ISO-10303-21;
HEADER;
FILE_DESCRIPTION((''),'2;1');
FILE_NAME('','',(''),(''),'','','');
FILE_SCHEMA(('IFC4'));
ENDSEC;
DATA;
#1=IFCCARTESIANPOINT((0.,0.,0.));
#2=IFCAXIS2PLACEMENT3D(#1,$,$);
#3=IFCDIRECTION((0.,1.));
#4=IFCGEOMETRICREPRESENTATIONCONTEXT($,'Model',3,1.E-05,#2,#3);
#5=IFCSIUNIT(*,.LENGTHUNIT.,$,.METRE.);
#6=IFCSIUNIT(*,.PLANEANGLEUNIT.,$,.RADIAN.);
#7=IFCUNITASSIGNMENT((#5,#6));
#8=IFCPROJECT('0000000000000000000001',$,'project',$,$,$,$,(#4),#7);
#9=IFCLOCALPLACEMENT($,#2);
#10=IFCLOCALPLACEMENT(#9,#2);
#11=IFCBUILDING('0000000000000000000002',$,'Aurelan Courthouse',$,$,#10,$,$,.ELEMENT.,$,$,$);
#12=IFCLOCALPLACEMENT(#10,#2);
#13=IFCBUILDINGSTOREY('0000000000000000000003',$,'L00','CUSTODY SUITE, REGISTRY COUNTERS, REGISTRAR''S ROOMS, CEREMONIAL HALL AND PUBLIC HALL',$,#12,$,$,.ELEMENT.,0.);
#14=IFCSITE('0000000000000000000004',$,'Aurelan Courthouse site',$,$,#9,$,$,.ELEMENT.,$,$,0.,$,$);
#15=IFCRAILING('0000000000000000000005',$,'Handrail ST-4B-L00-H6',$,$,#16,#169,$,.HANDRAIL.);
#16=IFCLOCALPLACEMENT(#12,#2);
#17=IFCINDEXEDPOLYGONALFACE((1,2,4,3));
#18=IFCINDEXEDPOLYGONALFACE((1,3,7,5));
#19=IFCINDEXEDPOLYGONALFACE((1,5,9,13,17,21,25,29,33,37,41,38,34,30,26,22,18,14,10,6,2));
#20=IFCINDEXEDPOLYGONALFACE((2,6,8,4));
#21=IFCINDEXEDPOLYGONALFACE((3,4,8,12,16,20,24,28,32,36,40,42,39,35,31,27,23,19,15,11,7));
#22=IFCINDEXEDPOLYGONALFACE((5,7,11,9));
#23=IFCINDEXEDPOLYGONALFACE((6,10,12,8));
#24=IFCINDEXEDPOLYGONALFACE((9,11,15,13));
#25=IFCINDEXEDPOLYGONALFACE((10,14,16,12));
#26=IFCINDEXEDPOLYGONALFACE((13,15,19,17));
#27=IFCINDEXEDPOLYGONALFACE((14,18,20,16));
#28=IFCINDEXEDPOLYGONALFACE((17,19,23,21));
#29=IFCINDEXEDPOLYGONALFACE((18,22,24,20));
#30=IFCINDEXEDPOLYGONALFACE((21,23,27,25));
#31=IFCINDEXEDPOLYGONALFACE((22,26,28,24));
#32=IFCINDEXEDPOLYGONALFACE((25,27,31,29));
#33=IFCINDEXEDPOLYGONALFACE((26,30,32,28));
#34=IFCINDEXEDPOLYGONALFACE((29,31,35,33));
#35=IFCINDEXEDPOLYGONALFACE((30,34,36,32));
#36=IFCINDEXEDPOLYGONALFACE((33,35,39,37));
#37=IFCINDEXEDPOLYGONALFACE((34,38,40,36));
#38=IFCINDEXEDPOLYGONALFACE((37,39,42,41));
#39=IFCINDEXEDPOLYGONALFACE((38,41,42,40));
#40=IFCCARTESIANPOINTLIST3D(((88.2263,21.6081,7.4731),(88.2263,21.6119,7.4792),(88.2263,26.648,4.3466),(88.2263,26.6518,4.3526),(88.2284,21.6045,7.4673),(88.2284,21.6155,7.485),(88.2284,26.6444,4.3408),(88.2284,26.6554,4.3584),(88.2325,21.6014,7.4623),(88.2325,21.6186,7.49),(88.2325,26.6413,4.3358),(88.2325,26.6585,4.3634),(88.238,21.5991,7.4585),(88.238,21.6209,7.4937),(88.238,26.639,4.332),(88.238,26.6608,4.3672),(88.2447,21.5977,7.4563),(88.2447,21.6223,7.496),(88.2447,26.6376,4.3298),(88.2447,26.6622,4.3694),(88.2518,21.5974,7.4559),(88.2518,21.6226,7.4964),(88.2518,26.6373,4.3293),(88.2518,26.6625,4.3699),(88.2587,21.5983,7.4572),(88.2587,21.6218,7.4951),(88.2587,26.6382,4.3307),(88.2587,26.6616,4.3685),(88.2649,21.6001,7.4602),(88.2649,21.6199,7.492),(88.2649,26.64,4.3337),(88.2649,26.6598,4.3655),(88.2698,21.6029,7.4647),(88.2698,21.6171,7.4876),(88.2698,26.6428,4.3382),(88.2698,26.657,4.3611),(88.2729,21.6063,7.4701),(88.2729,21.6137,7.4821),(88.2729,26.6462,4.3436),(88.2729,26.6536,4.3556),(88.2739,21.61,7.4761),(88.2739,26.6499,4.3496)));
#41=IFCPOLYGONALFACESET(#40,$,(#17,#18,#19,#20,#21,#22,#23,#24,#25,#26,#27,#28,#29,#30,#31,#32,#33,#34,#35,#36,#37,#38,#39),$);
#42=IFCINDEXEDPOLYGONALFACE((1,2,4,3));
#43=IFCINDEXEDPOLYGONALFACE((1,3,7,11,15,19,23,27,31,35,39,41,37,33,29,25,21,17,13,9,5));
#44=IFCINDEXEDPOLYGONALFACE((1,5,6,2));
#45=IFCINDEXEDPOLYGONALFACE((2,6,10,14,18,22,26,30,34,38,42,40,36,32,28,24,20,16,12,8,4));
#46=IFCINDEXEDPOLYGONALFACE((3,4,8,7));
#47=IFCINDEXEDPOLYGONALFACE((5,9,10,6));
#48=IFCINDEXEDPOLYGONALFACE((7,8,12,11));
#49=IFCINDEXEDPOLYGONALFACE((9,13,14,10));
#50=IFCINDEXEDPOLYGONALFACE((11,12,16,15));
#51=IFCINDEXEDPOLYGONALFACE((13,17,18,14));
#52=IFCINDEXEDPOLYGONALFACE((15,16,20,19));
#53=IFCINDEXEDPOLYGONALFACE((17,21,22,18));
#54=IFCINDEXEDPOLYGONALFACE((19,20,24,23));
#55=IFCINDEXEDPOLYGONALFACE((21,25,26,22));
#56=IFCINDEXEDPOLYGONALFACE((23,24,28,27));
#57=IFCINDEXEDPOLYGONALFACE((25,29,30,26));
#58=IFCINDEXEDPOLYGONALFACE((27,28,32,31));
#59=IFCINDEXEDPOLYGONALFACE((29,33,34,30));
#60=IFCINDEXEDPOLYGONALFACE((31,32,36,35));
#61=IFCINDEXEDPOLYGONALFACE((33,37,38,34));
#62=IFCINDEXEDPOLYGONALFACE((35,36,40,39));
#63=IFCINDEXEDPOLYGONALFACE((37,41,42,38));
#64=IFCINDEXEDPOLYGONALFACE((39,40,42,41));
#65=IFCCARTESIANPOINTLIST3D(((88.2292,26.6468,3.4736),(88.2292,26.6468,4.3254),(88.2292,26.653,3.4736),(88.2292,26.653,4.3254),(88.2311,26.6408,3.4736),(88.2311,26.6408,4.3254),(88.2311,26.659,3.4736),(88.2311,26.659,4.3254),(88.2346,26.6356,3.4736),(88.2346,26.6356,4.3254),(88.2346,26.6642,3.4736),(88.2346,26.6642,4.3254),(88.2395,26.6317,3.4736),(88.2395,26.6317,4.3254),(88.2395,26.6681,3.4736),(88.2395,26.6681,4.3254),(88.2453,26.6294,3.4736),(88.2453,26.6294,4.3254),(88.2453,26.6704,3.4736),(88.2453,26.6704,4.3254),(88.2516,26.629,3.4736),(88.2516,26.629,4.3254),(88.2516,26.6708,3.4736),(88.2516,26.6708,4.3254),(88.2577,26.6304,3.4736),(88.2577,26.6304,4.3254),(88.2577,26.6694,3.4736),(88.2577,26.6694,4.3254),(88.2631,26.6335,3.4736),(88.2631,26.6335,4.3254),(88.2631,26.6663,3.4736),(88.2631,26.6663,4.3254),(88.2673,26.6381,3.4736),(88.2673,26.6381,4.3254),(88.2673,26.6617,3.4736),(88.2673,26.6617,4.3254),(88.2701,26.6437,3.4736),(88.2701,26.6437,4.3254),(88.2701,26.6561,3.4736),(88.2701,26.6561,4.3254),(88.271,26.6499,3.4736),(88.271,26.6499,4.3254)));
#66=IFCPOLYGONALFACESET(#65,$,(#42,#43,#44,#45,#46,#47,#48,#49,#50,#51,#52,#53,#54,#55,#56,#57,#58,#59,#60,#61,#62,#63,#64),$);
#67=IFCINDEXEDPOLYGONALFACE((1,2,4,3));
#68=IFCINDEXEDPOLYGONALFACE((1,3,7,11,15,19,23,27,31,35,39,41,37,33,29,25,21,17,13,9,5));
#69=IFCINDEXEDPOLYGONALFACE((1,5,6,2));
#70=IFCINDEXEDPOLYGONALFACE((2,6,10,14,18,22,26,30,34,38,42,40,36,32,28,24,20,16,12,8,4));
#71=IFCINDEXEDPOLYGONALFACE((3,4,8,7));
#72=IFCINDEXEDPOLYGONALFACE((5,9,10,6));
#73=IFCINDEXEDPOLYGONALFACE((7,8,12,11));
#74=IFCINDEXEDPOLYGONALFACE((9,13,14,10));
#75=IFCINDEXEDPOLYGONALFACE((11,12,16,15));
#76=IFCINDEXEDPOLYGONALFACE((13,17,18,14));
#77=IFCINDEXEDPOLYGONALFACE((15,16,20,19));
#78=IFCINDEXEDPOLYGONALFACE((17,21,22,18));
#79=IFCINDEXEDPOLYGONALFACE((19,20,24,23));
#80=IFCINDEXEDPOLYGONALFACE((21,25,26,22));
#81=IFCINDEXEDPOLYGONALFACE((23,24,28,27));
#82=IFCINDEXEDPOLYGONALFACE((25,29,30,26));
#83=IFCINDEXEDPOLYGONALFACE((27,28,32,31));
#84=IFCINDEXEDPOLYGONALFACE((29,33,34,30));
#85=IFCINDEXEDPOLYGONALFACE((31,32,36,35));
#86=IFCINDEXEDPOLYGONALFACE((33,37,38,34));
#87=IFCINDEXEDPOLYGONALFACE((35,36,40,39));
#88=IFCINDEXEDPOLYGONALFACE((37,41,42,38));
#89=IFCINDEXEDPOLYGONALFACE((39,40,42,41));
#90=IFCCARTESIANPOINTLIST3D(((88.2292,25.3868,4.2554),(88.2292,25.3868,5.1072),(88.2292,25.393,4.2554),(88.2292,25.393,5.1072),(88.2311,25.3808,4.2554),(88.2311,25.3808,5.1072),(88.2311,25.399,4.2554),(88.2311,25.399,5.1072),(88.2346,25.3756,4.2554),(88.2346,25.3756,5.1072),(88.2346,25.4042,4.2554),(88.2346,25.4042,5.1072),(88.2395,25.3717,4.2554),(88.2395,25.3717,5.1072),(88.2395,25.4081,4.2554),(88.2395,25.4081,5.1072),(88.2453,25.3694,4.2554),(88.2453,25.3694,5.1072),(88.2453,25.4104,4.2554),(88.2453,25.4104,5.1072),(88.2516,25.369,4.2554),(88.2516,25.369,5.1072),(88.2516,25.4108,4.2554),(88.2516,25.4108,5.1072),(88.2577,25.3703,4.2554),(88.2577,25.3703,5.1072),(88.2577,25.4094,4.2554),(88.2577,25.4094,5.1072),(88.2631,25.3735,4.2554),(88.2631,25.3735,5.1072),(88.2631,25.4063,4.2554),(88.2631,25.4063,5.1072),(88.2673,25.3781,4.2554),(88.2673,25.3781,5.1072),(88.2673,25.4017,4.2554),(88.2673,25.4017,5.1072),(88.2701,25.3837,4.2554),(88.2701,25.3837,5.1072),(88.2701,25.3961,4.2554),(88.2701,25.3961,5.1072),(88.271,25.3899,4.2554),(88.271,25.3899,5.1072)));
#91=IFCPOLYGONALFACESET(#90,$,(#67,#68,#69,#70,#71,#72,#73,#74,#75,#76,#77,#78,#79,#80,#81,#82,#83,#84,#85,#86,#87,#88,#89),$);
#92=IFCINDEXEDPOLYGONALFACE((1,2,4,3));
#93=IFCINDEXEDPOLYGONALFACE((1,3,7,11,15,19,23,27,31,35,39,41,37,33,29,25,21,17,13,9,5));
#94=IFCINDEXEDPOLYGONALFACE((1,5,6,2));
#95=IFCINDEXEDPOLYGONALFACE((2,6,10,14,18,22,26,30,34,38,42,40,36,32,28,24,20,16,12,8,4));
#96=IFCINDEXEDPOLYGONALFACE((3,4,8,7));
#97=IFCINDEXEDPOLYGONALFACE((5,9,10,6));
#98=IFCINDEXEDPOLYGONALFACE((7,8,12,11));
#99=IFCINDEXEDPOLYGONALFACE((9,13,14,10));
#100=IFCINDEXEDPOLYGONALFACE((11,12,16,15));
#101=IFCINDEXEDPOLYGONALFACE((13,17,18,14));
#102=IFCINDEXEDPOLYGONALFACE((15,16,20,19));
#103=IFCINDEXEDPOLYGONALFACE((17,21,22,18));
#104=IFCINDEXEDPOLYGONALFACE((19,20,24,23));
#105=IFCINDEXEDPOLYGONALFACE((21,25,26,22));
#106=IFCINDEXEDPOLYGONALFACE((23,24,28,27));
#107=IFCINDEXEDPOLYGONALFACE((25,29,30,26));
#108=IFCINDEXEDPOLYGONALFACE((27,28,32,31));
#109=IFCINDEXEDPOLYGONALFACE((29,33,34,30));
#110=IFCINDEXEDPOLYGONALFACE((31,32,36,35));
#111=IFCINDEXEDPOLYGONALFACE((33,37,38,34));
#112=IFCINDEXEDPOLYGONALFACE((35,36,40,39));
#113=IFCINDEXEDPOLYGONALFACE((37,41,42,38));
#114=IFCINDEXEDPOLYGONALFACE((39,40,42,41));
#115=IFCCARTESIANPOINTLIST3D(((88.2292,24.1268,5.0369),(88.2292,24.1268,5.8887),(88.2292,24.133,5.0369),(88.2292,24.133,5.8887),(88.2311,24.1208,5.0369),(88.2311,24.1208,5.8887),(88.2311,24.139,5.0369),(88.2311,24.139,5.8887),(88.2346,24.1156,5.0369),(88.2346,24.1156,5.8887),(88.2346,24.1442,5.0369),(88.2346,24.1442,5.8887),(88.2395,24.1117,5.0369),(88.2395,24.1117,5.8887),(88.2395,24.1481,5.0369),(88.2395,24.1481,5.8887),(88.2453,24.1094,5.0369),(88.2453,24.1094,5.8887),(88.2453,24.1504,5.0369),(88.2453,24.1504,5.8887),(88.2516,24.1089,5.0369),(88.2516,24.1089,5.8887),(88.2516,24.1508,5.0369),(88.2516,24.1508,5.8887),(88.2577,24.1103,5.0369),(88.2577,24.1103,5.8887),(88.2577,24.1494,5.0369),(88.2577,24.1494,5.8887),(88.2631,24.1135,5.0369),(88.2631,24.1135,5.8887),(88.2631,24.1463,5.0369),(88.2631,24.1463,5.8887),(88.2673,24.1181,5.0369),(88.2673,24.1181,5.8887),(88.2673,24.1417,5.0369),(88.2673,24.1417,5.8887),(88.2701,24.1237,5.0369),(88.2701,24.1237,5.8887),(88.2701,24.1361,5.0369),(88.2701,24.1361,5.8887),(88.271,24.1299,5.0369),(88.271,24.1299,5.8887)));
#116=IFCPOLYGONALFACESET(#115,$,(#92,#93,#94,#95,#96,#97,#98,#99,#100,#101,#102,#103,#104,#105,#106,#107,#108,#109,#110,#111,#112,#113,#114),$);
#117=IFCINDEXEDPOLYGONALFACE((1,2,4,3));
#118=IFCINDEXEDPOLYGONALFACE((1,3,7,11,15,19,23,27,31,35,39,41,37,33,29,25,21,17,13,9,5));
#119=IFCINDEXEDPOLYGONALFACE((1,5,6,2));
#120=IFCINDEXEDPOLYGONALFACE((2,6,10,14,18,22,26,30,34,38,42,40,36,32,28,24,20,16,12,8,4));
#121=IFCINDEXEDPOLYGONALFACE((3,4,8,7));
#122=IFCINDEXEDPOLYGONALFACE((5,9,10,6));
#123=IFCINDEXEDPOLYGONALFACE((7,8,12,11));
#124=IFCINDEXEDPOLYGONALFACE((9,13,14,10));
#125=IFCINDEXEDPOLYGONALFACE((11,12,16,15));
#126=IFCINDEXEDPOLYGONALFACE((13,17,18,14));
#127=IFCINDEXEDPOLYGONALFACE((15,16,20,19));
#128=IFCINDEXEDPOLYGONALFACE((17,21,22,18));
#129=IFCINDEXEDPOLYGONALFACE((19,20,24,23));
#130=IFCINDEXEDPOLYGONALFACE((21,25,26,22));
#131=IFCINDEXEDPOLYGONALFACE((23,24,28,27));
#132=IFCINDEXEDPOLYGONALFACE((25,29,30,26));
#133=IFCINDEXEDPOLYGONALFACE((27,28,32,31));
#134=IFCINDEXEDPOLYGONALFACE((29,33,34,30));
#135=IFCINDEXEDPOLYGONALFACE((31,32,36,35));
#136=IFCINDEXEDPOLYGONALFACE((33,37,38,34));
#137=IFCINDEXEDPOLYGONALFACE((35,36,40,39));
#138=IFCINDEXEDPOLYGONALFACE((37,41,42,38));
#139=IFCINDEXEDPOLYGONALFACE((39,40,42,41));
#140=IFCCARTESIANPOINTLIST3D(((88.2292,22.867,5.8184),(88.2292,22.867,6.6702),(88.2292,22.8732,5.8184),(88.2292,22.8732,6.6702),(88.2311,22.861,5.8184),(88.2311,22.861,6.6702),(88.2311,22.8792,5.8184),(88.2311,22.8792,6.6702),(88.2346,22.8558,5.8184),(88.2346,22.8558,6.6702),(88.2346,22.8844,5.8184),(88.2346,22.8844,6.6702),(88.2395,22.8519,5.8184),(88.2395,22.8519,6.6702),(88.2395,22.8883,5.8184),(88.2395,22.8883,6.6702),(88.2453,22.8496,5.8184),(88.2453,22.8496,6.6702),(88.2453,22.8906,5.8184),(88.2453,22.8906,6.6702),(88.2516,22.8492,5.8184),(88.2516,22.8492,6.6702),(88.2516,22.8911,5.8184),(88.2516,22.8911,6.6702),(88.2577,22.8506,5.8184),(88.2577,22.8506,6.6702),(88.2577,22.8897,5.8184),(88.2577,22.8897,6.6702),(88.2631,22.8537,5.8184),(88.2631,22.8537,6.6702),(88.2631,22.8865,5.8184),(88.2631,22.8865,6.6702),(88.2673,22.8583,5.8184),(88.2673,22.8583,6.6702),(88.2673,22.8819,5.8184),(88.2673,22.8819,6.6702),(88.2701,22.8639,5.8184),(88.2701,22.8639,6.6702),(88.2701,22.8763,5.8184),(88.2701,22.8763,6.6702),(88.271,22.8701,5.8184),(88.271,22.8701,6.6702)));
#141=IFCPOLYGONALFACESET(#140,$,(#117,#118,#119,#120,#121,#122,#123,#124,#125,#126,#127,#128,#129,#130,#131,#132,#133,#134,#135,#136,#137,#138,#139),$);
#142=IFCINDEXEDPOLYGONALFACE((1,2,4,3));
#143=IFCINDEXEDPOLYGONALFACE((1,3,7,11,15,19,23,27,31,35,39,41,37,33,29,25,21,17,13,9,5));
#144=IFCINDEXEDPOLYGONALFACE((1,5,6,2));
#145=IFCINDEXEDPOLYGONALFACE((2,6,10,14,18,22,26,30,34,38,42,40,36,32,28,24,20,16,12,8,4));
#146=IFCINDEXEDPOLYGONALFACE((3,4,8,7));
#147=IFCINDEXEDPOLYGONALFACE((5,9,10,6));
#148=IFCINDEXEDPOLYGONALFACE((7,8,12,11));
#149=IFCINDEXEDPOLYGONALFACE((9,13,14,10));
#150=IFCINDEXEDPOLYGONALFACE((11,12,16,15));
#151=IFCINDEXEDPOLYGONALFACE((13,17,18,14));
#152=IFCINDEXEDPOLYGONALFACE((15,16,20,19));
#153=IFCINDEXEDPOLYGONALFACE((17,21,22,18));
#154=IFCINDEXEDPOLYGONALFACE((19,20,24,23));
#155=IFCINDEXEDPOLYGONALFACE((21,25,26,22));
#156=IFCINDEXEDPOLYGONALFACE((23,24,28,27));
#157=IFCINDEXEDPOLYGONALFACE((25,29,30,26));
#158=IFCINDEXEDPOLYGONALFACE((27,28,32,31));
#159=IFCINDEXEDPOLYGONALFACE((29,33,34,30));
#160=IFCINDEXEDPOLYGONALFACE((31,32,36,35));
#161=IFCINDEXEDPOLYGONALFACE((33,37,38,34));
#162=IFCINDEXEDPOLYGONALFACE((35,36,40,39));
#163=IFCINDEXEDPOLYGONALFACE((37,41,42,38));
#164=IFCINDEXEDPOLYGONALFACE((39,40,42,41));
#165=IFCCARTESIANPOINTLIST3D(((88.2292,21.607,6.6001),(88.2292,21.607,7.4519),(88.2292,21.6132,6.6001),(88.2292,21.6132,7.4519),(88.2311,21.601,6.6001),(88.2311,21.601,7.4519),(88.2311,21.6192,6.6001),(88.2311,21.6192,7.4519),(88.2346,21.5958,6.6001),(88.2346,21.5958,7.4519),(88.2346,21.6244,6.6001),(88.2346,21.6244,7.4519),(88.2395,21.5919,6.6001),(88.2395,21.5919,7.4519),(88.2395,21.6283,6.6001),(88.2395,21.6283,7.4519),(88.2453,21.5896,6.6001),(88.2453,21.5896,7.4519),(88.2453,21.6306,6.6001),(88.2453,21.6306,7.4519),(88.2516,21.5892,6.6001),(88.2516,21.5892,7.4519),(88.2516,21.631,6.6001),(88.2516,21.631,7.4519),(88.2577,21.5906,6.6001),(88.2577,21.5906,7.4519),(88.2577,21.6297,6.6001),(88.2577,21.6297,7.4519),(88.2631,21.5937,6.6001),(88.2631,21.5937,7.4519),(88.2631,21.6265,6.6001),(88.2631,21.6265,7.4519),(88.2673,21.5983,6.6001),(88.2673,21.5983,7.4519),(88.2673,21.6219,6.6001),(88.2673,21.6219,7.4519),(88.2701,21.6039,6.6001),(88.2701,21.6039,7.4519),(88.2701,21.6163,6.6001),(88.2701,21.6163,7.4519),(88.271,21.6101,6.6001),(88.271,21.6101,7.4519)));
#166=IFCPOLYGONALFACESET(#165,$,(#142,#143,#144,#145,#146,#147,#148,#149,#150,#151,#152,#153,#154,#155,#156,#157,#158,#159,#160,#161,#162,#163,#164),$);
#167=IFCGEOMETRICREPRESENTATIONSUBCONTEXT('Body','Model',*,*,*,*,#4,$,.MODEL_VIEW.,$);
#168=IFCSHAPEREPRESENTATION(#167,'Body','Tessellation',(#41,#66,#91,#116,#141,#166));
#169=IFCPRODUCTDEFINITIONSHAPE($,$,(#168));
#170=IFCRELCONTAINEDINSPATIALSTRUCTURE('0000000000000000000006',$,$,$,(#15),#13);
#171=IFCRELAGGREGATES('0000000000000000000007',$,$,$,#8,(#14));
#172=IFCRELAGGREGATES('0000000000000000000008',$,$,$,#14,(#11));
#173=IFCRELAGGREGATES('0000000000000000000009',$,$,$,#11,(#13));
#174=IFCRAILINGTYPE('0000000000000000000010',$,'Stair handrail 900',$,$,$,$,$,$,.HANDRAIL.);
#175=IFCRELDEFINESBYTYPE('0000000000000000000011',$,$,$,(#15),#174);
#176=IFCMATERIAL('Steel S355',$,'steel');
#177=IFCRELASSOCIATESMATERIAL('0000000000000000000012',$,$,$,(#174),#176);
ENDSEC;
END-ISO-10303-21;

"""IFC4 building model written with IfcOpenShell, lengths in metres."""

from ifc_helpers import new_model, si_unit, direction, frame, origin, origin_2d, place, context, subcontext, project, spatial, circle, extrude, material, type_object, element, save


model = new_model("IFC4")

# Units and contexts
model_context = context("Model", 3, precision=1e-05, world=origin(), true_north=direction((0.0, 1.0)))
body_context = subcontext(model_context, "Body", "Model", "MODEL_VIEW")
ifc_project = project(units=[si_unit("LENGTHUNIT", "METRE"), si_unit("PLANEANGLEUNIT", "RADIAN")], contexts=[model_context])

# Site, building, storey
site_placement = place(None, origin())
site = spatial("IfcSite", under=ifc_project, at=site_placement, Name="Aurelan Courthouse site", CompositionType="ELEMENT", RefElevation=0.0)
building_placement = place(site_placement, origin())
building = spatial("IfcBuilding", under=site, at=building_placement, Name="Aurelan Courthouse", CompositionType="ELEMENT")
storey_placement = place(building_placement, origin())
storey = spatial("IfcBuildingStorey", under=building, at=storey_placement, Name="L00", Description="CUSTODY SUITE, REGISTRY COUNTERS, REGISTRAR'S ROOMS, CEREMONIAL HALL AND PUBLIC HALL", CompositionType="ELEMENT", Elevation=0.0)

# Railing
ifc_material_1 = material(Name="Steel S355", Category="steel")
railing_type_1 = type_object("IfcRailingType", Name="Stair handrail 900", PredefinedType="HANDRAIL", material=ifc_material_1)
for number, where, name in (
    (1, (88.25, 26.6499, 3.4736), "Handrail ST-4B-L00-H6"),
):
    element("IfcRailing", number, at=place(storey_placement, frame(where)), inside=storey, type_object=railing_type_1, Name=name, PredefinedType="HANDRAIL", context=body_context, shape_type="SweptSolid", body=[
        extrude(circle(Radius=0.0239, at=origin_2d()), frame((0.0, 0.0, 0.876), z_axis=(0.0, -0.849767, 0.527158), x_axis=(1.0, 0.0, 0.0)), (0.0, 0.0, 1.0), 5.9309),
        extrude(circle(Radius=0.021, at=origin_2d()), origin(), (0.0, 0.0, 1.0), 0.8518),
        extrude(circle(Radius=0.021, at=origin_2d()), frame((0.0, -1.26, 0.7817)), (0.0, 0.0, 1.0), 0.8518),
        extrude(circle(Radius=0.021, at=origin_2d()), frame((0.0, -2.52, 1.5632)), (0.0, 0.0, 1.0), 0.8518),
        extrude(circle(Radius=0.021, at=origin_2d()), frame((0.0, -3.7798, 2.3447)), (0.0, 0.0, 1.0), 0.8518),
        extrude(circle(Radius=0.021, at=origin_2d()), frame((0.0, -5.0398, 3.1265)), (0.0, 0.0, 1.0), 0.8518),
    ])

save(model, "model.ifc")
